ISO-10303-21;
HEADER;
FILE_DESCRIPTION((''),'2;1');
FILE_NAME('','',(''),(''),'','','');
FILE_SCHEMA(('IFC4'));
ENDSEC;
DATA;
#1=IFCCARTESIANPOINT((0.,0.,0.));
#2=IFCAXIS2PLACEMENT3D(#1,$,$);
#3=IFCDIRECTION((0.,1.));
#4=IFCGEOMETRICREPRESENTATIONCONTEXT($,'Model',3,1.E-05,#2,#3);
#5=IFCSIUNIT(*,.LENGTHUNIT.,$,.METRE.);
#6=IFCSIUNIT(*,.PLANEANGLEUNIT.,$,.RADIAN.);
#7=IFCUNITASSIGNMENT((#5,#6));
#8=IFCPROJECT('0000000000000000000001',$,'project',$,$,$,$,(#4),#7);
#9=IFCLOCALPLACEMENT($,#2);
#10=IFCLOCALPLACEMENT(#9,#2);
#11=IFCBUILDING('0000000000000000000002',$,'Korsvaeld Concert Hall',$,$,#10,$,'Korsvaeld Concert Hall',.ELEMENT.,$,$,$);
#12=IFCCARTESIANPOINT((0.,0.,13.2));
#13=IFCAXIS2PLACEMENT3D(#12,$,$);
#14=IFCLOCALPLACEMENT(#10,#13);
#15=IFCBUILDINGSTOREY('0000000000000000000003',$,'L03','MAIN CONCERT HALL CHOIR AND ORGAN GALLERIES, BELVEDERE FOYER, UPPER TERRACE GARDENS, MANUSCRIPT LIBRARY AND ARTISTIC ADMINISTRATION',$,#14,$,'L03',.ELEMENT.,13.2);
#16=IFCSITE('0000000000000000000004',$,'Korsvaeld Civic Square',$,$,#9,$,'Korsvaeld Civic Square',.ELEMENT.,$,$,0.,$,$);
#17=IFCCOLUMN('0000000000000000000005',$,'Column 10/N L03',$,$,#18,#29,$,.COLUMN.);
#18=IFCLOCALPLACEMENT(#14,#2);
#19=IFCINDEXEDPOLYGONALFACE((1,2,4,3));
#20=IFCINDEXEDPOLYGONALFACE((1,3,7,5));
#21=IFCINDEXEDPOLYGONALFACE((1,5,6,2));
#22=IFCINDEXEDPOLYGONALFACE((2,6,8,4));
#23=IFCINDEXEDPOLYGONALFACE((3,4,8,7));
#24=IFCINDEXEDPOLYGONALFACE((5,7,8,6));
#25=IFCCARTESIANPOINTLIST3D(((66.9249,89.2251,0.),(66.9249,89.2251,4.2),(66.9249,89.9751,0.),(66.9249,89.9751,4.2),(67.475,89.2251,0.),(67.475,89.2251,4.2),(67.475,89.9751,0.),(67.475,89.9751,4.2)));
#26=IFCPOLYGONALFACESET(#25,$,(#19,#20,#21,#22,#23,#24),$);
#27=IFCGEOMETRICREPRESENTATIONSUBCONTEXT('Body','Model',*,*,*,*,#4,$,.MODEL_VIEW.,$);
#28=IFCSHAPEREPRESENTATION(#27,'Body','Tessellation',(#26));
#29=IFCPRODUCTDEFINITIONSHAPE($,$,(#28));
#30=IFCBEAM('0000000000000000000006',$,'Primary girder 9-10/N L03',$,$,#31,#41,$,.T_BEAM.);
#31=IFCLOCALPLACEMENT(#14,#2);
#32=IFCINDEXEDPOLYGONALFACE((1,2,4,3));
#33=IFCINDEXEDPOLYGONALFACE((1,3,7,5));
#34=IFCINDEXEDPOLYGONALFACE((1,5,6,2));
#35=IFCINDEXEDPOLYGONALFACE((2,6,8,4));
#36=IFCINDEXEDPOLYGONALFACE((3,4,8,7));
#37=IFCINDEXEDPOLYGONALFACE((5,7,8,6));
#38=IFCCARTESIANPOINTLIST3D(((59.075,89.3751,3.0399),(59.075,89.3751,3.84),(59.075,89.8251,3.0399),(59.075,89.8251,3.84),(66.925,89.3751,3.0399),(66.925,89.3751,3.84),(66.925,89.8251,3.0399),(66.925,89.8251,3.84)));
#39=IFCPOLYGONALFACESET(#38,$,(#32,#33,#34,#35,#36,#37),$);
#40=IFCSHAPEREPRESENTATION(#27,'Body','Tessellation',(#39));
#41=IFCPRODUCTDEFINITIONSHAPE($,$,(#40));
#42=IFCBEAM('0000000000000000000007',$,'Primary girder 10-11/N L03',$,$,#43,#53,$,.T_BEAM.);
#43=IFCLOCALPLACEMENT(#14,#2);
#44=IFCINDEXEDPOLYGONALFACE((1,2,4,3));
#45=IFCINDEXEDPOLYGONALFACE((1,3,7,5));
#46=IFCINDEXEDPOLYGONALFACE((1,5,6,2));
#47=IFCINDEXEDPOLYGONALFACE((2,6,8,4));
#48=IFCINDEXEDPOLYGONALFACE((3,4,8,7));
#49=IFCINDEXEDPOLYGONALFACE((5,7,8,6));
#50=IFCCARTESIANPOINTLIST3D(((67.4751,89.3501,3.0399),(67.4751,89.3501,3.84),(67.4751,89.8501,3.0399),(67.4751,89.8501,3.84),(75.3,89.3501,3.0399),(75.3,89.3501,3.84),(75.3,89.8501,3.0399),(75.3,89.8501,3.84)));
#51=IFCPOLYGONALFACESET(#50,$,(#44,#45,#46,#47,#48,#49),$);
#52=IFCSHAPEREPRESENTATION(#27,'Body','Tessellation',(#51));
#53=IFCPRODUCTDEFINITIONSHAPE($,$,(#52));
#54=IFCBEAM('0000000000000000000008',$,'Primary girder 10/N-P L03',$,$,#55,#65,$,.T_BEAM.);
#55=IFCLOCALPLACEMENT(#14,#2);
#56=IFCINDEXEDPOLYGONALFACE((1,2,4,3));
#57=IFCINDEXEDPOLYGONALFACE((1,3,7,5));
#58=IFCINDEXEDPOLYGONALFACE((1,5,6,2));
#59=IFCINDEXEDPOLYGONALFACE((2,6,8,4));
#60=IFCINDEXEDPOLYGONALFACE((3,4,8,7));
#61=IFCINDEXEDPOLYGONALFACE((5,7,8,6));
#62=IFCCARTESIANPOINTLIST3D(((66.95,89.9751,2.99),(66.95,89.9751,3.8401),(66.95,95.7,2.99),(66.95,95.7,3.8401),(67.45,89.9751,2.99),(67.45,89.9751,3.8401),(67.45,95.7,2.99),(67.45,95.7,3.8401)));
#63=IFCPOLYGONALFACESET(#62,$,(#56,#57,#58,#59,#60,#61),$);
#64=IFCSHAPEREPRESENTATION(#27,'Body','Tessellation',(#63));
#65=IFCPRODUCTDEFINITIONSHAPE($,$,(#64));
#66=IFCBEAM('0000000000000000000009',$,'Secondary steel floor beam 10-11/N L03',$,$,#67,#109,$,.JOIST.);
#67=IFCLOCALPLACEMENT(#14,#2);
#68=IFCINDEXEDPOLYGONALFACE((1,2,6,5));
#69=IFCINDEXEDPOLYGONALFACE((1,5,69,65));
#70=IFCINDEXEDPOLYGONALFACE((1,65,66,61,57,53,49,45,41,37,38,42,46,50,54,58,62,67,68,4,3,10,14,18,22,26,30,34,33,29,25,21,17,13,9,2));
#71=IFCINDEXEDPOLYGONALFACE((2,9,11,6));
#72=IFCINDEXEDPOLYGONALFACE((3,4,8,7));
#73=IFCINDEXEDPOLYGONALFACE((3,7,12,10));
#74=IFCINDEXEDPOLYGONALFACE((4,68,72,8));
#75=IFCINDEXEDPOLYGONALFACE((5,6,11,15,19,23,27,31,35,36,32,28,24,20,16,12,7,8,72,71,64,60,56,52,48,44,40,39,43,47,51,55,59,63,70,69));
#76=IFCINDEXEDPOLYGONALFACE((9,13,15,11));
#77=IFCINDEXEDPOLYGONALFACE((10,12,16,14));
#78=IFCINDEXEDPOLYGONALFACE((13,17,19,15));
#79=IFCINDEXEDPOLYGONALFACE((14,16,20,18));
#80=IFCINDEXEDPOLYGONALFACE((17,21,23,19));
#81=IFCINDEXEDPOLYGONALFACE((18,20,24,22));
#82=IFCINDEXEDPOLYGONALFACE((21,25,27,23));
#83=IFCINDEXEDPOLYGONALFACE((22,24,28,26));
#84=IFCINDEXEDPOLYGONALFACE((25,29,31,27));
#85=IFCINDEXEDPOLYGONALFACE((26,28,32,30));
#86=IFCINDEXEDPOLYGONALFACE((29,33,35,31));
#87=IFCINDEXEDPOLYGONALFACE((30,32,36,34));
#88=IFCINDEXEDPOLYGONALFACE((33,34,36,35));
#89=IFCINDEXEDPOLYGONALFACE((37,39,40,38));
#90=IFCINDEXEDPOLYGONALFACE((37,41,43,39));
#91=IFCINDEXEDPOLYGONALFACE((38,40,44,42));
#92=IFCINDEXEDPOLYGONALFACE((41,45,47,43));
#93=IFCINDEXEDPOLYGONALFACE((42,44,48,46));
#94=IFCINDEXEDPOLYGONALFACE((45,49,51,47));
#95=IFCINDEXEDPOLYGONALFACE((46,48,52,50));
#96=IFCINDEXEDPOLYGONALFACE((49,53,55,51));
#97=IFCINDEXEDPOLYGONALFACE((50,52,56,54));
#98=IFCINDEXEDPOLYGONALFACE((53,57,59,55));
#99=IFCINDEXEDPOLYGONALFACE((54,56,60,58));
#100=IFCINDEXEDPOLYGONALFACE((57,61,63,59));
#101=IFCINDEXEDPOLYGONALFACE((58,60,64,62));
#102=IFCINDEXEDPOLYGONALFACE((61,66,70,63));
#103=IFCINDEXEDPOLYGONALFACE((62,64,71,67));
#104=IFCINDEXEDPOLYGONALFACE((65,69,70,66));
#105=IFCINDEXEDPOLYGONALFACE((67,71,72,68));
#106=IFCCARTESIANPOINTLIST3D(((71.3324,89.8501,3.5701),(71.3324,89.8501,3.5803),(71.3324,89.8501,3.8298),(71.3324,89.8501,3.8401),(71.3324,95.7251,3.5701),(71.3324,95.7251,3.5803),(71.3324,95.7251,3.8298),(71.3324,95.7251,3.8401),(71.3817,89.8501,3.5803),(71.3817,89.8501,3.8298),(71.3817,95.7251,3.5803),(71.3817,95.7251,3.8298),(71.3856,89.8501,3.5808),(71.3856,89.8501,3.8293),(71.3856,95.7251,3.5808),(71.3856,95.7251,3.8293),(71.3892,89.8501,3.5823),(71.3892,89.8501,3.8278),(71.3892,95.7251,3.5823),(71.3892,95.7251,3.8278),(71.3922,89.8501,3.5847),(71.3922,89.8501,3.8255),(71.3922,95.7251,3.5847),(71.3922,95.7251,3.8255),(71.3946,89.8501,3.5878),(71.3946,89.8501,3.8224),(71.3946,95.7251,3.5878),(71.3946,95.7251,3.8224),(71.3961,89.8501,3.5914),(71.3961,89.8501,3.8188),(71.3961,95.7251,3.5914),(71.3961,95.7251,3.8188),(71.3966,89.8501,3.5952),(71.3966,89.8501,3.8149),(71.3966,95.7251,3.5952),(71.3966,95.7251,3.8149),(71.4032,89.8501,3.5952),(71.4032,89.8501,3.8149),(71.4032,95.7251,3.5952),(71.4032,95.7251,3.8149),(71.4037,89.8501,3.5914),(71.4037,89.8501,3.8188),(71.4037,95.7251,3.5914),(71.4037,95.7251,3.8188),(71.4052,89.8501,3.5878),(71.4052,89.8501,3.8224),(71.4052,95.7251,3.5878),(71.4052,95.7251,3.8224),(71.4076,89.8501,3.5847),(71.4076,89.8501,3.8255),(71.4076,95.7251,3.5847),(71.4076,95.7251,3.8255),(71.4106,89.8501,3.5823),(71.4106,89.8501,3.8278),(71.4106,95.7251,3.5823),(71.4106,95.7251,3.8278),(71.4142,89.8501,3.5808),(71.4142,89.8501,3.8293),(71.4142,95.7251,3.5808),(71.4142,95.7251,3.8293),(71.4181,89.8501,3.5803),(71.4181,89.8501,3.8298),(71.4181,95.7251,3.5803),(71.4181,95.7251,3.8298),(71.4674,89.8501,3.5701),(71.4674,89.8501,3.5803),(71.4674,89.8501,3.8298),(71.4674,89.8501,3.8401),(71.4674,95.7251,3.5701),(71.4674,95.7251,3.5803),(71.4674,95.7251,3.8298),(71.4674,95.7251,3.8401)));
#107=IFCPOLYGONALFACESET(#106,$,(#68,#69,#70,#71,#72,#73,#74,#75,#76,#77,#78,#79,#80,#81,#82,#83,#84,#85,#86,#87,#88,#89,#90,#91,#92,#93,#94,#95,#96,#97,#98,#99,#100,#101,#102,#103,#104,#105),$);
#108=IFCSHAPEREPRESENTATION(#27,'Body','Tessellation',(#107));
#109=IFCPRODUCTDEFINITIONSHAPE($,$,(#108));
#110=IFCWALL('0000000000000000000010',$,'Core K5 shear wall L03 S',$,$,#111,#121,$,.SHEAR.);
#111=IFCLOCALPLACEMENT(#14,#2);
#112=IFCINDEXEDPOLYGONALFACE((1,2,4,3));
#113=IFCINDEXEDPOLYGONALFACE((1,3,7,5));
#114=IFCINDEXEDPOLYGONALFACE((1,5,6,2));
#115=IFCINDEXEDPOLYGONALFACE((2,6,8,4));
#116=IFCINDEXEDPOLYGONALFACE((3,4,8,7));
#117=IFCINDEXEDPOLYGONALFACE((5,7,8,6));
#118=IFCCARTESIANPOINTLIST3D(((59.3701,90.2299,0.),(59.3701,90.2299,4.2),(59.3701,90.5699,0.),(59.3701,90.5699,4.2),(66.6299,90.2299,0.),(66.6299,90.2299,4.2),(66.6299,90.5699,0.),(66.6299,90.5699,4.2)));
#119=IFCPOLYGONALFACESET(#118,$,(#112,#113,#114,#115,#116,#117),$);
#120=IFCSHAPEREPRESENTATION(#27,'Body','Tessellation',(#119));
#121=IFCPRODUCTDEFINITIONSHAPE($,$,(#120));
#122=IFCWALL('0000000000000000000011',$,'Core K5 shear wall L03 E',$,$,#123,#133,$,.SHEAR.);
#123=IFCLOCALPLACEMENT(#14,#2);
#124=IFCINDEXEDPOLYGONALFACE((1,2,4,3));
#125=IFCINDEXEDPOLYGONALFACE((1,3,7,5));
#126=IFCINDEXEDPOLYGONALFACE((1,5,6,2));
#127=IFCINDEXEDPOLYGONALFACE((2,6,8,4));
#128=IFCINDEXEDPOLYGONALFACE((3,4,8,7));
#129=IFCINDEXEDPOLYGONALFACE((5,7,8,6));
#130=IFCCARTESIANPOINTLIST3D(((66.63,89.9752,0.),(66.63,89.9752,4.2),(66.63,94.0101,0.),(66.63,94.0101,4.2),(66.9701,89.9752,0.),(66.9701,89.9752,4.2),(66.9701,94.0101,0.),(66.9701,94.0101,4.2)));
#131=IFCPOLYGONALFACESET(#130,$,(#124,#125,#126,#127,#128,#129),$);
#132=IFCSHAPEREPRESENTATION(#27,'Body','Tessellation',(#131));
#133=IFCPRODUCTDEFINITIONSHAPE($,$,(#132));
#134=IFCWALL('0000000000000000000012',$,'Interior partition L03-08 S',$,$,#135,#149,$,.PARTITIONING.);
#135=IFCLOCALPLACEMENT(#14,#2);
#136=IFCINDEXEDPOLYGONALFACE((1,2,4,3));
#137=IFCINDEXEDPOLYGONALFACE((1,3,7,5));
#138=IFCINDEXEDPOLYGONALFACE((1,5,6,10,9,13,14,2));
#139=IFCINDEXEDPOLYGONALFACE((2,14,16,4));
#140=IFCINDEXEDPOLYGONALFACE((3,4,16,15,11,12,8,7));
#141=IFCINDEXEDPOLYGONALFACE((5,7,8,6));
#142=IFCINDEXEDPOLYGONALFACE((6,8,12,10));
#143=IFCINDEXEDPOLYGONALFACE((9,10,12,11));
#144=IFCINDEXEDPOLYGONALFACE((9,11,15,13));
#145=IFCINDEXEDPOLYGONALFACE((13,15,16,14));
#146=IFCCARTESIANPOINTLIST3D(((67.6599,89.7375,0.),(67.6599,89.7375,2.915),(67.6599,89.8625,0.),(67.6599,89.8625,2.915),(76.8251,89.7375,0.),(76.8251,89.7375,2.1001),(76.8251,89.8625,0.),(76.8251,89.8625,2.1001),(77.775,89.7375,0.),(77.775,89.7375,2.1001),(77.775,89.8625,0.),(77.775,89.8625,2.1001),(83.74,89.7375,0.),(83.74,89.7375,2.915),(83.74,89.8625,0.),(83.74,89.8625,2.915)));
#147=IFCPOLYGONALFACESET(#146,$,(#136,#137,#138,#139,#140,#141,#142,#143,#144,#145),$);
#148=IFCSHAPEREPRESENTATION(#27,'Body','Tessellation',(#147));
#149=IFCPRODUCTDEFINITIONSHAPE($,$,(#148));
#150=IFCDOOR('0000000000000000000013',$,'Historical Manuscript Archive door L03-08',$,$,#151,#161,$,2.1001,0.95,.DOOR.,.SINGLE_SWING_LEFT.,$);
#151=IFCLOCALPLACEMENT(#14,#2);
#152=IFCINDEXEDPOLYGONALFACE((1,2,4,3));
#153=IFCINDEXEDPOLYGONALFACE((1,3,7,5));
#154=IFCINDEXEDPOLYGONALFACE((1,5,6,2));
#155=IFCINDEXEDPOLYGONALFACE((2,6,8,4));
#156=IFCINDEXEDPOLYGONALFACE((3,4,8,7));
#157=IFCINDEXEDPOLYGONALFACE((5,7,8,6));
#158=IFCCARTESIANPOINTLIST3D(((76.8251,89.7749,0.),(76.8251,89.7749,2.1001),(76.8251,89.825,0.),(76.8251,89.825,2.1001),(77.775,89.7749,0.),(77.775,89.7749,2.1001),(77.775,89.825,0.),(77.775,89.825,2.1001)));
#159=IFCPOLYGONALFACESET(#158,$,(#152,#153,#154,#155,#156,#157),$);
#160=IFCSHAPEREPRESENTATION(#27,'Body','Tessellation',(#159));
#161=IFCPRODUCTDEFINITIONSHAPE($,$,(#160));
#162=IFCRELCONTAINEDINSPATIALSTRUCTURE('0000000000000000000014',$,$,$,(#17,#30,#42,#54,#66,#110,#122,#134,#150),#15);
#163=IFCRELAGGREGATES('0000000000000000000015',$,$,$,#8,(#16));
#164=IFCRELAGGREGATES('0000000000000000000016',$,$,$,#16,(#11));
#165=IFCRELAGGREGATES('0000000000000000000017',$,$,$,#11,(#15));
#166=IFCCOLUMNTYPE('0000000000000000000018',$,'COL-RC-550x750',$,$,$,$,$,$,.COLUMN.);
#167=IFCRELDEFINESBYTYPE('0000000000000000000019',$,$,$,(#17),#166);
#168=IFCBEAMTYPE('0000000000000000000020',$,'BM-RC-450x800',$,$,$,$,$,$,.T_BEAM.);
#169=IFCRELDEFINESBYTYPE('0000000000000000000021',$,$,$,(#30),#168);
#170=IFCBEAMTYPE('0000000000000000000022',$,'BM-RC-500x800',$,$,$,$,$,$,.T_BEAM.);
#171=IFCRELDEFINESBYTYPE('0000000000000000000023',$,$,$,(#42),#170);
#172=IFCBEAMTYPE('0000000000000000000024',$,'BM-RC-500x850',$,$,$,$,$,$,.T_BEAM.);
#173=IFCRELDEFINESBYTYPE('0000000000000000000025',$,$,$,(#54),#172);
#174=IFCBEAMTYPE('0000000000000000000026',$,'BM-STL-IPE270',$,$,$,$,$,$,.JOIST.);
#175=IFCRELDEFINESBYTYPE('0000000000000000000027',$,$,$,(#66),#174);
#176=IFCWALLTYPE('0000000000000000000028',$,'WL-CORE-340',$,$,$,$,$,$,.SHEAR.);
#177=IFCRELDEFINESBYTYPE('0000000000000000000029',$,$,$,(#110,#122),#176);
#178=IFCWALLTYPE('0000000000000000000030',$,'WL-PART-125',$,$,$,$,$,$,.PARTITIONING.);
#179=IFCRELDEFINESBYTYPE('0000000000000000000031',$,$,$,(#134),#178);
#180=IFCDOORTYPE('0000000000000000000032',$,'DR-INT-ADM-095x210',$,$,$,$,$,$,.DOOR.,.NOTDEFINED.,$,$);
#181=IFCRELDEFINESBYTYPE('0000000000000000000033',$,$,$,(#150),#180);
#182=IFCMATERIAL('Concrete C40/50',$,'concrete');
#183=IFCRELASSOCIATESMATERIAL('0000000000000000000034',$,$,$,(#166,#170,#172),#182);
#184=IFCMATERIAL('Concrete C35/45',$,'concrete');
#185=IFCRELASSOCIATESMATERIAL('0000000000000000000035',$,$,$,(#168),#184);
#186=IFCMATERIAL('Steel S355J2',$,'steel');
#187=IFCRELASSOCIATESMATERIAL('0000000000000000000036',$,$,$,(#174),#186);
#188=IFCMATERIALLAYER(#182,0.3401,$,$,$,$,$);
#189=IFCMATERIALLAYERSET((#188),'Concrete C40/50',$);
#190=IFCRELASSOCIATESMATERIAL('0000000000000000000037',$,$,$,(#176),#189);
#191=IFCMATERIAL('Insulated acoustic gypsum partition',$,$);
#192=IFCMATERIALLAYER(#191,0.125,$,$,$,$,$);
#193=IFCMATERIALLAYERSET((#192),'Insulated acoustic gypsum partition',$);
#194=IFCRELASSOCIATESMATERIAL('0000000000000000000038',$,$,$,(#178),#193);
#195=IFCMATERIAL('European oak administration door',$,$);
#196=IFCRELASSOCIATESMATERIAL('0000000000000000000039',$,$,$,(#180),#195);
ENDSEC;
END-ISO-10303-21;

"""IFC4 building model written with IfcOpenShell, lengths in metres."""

from ifc_helpers import new_model, si_unit, direction, frame, frame_2d, origin, origin_2d, place, context, subcontext, project, spatial, rectangle, i_section, extrude, material, layer, layer_set, material_profile, profile_set, type_object, element, fill, save


model = new_model("IFC4")

# Units and contexts
model_context = context("Model", 3, precision=1e-05, world=origin(), true_north=direction((0.0, 1.0)))
body_context = subcontext(model_context, "Body", "Model", "MODEL_VIEW")
ifc_project = project(units=[si_unit("LENGTHUNIT", "METRE"), si_unit("PLANEANGLEUNIT", "RADIAN")], contexts=[model_context])

# Site, building, storey
site_placement = place(None, origin())
site = spatial("IfcSite", under=ifc_project, at=site_placement, Name="Korsvaeld Civic Square", LongName="Korsvaeld Civic Square", CompositionType="ELEMENT", RefElevation=0.0)
building_placement = place(site_placement, origin())
building = spatial("IfcBuilding", under=site, at=building_placement, Name="Korsvaeld Concert Hall", LongName="Korsvaeld Concert Hall", CompositionType="ELEMENT")
storey_placement = place(building_placement, frame((0.0, 0.0, 13.2)))
storey = spatial("IfcBuildingStorey", under=building, at=storey_placement, Name="L03", Description="MAIN CONCERT HALL CHOIR AND ORGAN GALLERIES, BELVEDERE FOYER, UPPER TERRACE GARDENS, MANUSCRIPT LIBRARY AND ARTISTIC ADMINISTRATION", LongName="L03", CompositionType="ELEMENT", Elevation=13.2)

# Column
ifc_material_1 = material(Name="Concrete C40/50", Category="concrete")
ifc_material_profile_1 = material_profile(ifc_material_1, rectangle(XDim=0.55, YDim=0.75, at=origin_2d()), Name="RC 550x750")
ifc_profile_set_1 = profile_set([ifc_material_profile_1], Name="Concrete C40/50")
column_type = type_object("IfcColumnType", Name="COL-RC-550x750", PredefinedType="COLUMN", material=ifc_profile_set_1)
column_placement = place(storey_placement, frame((67.2, 89.6001, 0.0), z_axis=(0.0, 0.0, 1.0), x_axis=(1.0, 0.0, 0.0)))
element("IfcColumn", 1, at=column_placement, inside=storey, type_object=column_type, Name="Column 10/N L03", PredefinedType="COLUMN", context=body_context, shape_type="SweptSolid", body=[
    extrude(rectangle(XDim=0.55, YDim=0.75, at=origin_2d()), origin(), (0.0, 0.0, 1.0), 4.2),
])

# Beams
ifc_material_2 = material(Name="Concrete C35/45", Category="concrete")
ifc_material_profile_2 = material_profile(ifc_material_2, rectangle(XDim=0.45, YDim=0.8, at=origin_2d()), Name="RC 450x800")
ifc_profile_set_2 = profile_set([ifc_material_profile_2], Name="Concrete C35/45")
beam_type_1 = type_object("IfcBeamType", Name="BM-RC-450x800", PredefinedType="T_BEAM", material=ifc_profile_set_2)
beam_1_placement = place(storey_placement, frame((59.075, 89.6001, 3.4399), z_axis=(1.0, 0.0, 0.0), x_axis=(0.0, 1.0, 0.0)))
element("IfcBeam", 2, at=beam_1_placement, inside=storey, type_object=beam_type_1, Name="Primary girder 9-10/N L03", PredefinedType="T_BEAM", context=body_context, shape_type="SweptSolid", body=[
    extrude(rectangle(XDim=0.45, YDim=0.8, at=origin_2d()), origin(), (0.0, 0.0, 1.0), 7.8501),
])
ifc_material_profile_3 = material_profile(ifc_material_1, rectangle(XDim=0.5, YDim=0.8, at=origin_2d()), Name="RC 500x800")
ifc_profile_set_3 = profile_set([ifc_material_profile_3], Name="Concrete C40/50")
beam_type_2 = type_object("IfcBeamType", Name="BM-RC-500x800", PredefinedType="T_BEAM", material=ifc_profile_set_3)
beam_2_placement = place(storey_placement, frame((67.4751, 89.6001, 3.4399), z_axis=(1.0, 0.0, 0.0), x_axis=(0.0, 1.0, 0.0)))
element("IfcBeam", 3, at=beam_2_placement, inside=storey, type_object=beam_type_2, Name="Primary girder 10-11/N L03", PredefinedType="T_BEAM", context=body_context, shape_type="SweptSolid", body=[
    extrude(rectangle(XDim=0.5, YDim=0.8, at=origin_2d()), origin(), (0.0, 0.0, 1.0), 7.825),
])
ifc_material_profile_4 = material_profile(ifc_material_1, rectangle(XDim=0.5, YDim=0.8501, at=origin_2d()), Name="RC 500x850")
ifc_profile_set_4 = profile_set([ifc_material_profile_4], Name="Concrete C40/50")
beam_type_3 = type_object("IfcBeamType", Name="BM-RC-500x850", PredefinedType="T_BEAM", material=ifc_profile_set_4)
beam_3_placement = place(storey_placement, frame((67.2, 89.9751, 3.415), z_axis=(0.0, 1.0, 0.0), x_axis=(-1.0, 0.0, 0.0)))
element("IfcBeam", 4, at=beam_3_placement, inside=storey, type_object=beam_type_3, Name="Primary girder 10/N-P L03", PredefinedType="T_BEAM", context=body_context, shape_type="SweptSolid", body=[
    extrude(rectangle(XDim=0.5, YDim=0.8501, at=origin_2d()), origin(), (0.0, 0.0, 1.0), 5.7249),
])
ifc_material_3 = material(Name="Steel S355J2", Category="steel")
ifc_material_profile_5 = material_profile(ifc_material_3, i_section(OverallWidth=0.135, OverallDepth=0.27, WebThickness=0.0066, FlangeThickness=0.0103, FilletRadius=0.0149, at=origin_2d()), Name="IPE 270")
ifc_profile_set_5 = profile_set([ifc_material_profile_5], Name="Steel S355J2")
beam_type_4 = type_object("IfcBeamType", Name="BM-STL-IPE270", PredefinedType="JOIST", material=ifc_profile_set_5)
beam_4_placement = place(storey_placement, frame((71.3999, 89.8501, 3.7051), z_axis=(0.0, 1.0, 0.0), x_axis=(-1.0, 0.0, 0.0)))
element("IfcBeam", 5, at=beam_4_placement, inside=storey, type_object=beam_type_4, Name="Secondary steel floor beam 10-11/N L03", PredefinedType="JOIST", context=body_context, shape_type="SweptSolid", body=[
    extrude(i_section(OverallWidth=0.135, OverallDepth=0.27, WebThickness=0.0066, FlangeThickness=0.0103, FilletRadius=0.0149, at=origin_2d()), origin(), (0.0, 0.0, 1.0), 5.875),
])

# Walls
ifc_layer_1 = layer(ifc_material_1, 0.3401)
ifc_layer_set_1 = layer_set([ifc_layer_1], Name="Concrete C40/50")
wall_type_1 = type_object("IfcWallType", Name="WL-CORE-340", PredefinedType="SHEAR", material=ifc_layer_set_1)
wall_1_placement = place(storey_placement, frame((59.3701, 90.3999, 0.0), z_axis=(0.0, 0.0, 1.0), x_axis=(1.0, 0.0, 0.0)))
element("IfcWall", 6, at=wall_1_placement, inside=storey, type_object=wall_type_1, Name="Core K5 shear wall L03 S", PredefinedType="SHEAR", context=body_context, shape_type="SweptSolid", body=[
    extrude(rectangle(XDim=7.2598, YDim=0.3401, at=frame_2d((3.6299, 0.0))), origin(), (0.0, 0.0, 1.0), 4.2),
])
wall_2_placement = place(storey_placement, frame((66.8, 89.9751, 0.0), z_axis=(0.0, 0.0, 1.0), x_axis=(0.0, 1.0, 0.0)))
element("IfcWall", 7, at=wall_2_placement, inside=storey, type_object=wall_type_1, Name="Core K5 shear wall L03 E", PredefinedType="SHEAR", context=body_context, shape_type="SweptSolid", body=[
    extrude(rectangle(XDim=4.0349, YDim=0.3401, at=frame_2d((2.0176, 0.0))), origin(), (0.0, 0.0, 1.0), 4.2),
])

# Wall, opening, door
ifc_material_4 = material(Name="Insulated acoustic gypsum partition")
ifc_layer_2 = layer(ifc_material_4, 0.125)
ifc_layer_set_2 = layer_set([ifc_layer_2], Name="Insulated acoustic gypsum partition")
wall_type_2 = type_object("IfcWallType", Name="WL-PART-125", PredefinedType="PARTITIONING", material=ifc_layer_set_2)
wall_3_placement = place(storey_placement, frame((67.6599, 89.8, 0.0), z_axis=(0.0, 0.0, 1.0), x_axis=(1.0, 0.0, 0.0)))
wall_3 = element("IfcWall", 8, at=wall_3_placement, inside=storey, type_object=wall_type_2, Name="Interior partition L03-08 S", PredefinedType="PARTITIONING", context=body_context, shape_type="SweptSolid", body=[
    extrude(rectangle(XDim=16.0801, YDim=0.125, at=frame_2d((8.04, 0.0))), origin(), (0.0, 0.0, 1.0), 2.915),
])
opening_1_placement = place(wall_3_placement, frame((9.165, 0.0, 0.0)))
opening_1 = element("IfcOpeningElement", 9, at=opening_1_placement, cuts=wall_3, PredefinedType="OPENING", context=body_context, shape_type="SweptSolid", body=[
    extrude(rectangle(XDim=0.95, YDim=2.1001, at=frame_2d((0.4751, 1.05))), frame((0.0, 0.0725, 0.0), z_axis=(0.0, -1.0, 0.0), x_axis=(1.0, 0.0, 0.0)), (0.0, 0.0, 1.0), 0.145),
])
ifc_material_5 = material(Name="European oak administration door")
door_type_1 = type_object("IfcDoorType", Name="DR-INT-ADM-095x210", OperationType="NOTDEFINED", PredefinedType="DOOR", material=ifc_material_5)
door_1_placement = place(opening_1_placement, origin())
door_1 = element("IfcDoor", 10, at=door_1_placement, inside=storey, type_object=door_type_1, Name="Historical Manuscript Archive door L03-08", OperationType="SINGLE_SWING_LEFT", OverallHeight=2.1001, OverallWidth=0.95, PredefinedType="DOOR", context=body_context, shape_type="SweptSolid", body=[
    extrude(rectangle(XDim=0.95, YDim=2.1001, at=frame_2d((0.4751, 1.05))), frame((0.0, 0.0249, 0.0), z_axis=(0.0, -1.0, 0.0), x_axis=(1.0, 0.0, 0.0)), (0.0, 0.0, 1.0), 0.05),
])
fill(opening_1, door_1)

save(model, "model.ifc")
